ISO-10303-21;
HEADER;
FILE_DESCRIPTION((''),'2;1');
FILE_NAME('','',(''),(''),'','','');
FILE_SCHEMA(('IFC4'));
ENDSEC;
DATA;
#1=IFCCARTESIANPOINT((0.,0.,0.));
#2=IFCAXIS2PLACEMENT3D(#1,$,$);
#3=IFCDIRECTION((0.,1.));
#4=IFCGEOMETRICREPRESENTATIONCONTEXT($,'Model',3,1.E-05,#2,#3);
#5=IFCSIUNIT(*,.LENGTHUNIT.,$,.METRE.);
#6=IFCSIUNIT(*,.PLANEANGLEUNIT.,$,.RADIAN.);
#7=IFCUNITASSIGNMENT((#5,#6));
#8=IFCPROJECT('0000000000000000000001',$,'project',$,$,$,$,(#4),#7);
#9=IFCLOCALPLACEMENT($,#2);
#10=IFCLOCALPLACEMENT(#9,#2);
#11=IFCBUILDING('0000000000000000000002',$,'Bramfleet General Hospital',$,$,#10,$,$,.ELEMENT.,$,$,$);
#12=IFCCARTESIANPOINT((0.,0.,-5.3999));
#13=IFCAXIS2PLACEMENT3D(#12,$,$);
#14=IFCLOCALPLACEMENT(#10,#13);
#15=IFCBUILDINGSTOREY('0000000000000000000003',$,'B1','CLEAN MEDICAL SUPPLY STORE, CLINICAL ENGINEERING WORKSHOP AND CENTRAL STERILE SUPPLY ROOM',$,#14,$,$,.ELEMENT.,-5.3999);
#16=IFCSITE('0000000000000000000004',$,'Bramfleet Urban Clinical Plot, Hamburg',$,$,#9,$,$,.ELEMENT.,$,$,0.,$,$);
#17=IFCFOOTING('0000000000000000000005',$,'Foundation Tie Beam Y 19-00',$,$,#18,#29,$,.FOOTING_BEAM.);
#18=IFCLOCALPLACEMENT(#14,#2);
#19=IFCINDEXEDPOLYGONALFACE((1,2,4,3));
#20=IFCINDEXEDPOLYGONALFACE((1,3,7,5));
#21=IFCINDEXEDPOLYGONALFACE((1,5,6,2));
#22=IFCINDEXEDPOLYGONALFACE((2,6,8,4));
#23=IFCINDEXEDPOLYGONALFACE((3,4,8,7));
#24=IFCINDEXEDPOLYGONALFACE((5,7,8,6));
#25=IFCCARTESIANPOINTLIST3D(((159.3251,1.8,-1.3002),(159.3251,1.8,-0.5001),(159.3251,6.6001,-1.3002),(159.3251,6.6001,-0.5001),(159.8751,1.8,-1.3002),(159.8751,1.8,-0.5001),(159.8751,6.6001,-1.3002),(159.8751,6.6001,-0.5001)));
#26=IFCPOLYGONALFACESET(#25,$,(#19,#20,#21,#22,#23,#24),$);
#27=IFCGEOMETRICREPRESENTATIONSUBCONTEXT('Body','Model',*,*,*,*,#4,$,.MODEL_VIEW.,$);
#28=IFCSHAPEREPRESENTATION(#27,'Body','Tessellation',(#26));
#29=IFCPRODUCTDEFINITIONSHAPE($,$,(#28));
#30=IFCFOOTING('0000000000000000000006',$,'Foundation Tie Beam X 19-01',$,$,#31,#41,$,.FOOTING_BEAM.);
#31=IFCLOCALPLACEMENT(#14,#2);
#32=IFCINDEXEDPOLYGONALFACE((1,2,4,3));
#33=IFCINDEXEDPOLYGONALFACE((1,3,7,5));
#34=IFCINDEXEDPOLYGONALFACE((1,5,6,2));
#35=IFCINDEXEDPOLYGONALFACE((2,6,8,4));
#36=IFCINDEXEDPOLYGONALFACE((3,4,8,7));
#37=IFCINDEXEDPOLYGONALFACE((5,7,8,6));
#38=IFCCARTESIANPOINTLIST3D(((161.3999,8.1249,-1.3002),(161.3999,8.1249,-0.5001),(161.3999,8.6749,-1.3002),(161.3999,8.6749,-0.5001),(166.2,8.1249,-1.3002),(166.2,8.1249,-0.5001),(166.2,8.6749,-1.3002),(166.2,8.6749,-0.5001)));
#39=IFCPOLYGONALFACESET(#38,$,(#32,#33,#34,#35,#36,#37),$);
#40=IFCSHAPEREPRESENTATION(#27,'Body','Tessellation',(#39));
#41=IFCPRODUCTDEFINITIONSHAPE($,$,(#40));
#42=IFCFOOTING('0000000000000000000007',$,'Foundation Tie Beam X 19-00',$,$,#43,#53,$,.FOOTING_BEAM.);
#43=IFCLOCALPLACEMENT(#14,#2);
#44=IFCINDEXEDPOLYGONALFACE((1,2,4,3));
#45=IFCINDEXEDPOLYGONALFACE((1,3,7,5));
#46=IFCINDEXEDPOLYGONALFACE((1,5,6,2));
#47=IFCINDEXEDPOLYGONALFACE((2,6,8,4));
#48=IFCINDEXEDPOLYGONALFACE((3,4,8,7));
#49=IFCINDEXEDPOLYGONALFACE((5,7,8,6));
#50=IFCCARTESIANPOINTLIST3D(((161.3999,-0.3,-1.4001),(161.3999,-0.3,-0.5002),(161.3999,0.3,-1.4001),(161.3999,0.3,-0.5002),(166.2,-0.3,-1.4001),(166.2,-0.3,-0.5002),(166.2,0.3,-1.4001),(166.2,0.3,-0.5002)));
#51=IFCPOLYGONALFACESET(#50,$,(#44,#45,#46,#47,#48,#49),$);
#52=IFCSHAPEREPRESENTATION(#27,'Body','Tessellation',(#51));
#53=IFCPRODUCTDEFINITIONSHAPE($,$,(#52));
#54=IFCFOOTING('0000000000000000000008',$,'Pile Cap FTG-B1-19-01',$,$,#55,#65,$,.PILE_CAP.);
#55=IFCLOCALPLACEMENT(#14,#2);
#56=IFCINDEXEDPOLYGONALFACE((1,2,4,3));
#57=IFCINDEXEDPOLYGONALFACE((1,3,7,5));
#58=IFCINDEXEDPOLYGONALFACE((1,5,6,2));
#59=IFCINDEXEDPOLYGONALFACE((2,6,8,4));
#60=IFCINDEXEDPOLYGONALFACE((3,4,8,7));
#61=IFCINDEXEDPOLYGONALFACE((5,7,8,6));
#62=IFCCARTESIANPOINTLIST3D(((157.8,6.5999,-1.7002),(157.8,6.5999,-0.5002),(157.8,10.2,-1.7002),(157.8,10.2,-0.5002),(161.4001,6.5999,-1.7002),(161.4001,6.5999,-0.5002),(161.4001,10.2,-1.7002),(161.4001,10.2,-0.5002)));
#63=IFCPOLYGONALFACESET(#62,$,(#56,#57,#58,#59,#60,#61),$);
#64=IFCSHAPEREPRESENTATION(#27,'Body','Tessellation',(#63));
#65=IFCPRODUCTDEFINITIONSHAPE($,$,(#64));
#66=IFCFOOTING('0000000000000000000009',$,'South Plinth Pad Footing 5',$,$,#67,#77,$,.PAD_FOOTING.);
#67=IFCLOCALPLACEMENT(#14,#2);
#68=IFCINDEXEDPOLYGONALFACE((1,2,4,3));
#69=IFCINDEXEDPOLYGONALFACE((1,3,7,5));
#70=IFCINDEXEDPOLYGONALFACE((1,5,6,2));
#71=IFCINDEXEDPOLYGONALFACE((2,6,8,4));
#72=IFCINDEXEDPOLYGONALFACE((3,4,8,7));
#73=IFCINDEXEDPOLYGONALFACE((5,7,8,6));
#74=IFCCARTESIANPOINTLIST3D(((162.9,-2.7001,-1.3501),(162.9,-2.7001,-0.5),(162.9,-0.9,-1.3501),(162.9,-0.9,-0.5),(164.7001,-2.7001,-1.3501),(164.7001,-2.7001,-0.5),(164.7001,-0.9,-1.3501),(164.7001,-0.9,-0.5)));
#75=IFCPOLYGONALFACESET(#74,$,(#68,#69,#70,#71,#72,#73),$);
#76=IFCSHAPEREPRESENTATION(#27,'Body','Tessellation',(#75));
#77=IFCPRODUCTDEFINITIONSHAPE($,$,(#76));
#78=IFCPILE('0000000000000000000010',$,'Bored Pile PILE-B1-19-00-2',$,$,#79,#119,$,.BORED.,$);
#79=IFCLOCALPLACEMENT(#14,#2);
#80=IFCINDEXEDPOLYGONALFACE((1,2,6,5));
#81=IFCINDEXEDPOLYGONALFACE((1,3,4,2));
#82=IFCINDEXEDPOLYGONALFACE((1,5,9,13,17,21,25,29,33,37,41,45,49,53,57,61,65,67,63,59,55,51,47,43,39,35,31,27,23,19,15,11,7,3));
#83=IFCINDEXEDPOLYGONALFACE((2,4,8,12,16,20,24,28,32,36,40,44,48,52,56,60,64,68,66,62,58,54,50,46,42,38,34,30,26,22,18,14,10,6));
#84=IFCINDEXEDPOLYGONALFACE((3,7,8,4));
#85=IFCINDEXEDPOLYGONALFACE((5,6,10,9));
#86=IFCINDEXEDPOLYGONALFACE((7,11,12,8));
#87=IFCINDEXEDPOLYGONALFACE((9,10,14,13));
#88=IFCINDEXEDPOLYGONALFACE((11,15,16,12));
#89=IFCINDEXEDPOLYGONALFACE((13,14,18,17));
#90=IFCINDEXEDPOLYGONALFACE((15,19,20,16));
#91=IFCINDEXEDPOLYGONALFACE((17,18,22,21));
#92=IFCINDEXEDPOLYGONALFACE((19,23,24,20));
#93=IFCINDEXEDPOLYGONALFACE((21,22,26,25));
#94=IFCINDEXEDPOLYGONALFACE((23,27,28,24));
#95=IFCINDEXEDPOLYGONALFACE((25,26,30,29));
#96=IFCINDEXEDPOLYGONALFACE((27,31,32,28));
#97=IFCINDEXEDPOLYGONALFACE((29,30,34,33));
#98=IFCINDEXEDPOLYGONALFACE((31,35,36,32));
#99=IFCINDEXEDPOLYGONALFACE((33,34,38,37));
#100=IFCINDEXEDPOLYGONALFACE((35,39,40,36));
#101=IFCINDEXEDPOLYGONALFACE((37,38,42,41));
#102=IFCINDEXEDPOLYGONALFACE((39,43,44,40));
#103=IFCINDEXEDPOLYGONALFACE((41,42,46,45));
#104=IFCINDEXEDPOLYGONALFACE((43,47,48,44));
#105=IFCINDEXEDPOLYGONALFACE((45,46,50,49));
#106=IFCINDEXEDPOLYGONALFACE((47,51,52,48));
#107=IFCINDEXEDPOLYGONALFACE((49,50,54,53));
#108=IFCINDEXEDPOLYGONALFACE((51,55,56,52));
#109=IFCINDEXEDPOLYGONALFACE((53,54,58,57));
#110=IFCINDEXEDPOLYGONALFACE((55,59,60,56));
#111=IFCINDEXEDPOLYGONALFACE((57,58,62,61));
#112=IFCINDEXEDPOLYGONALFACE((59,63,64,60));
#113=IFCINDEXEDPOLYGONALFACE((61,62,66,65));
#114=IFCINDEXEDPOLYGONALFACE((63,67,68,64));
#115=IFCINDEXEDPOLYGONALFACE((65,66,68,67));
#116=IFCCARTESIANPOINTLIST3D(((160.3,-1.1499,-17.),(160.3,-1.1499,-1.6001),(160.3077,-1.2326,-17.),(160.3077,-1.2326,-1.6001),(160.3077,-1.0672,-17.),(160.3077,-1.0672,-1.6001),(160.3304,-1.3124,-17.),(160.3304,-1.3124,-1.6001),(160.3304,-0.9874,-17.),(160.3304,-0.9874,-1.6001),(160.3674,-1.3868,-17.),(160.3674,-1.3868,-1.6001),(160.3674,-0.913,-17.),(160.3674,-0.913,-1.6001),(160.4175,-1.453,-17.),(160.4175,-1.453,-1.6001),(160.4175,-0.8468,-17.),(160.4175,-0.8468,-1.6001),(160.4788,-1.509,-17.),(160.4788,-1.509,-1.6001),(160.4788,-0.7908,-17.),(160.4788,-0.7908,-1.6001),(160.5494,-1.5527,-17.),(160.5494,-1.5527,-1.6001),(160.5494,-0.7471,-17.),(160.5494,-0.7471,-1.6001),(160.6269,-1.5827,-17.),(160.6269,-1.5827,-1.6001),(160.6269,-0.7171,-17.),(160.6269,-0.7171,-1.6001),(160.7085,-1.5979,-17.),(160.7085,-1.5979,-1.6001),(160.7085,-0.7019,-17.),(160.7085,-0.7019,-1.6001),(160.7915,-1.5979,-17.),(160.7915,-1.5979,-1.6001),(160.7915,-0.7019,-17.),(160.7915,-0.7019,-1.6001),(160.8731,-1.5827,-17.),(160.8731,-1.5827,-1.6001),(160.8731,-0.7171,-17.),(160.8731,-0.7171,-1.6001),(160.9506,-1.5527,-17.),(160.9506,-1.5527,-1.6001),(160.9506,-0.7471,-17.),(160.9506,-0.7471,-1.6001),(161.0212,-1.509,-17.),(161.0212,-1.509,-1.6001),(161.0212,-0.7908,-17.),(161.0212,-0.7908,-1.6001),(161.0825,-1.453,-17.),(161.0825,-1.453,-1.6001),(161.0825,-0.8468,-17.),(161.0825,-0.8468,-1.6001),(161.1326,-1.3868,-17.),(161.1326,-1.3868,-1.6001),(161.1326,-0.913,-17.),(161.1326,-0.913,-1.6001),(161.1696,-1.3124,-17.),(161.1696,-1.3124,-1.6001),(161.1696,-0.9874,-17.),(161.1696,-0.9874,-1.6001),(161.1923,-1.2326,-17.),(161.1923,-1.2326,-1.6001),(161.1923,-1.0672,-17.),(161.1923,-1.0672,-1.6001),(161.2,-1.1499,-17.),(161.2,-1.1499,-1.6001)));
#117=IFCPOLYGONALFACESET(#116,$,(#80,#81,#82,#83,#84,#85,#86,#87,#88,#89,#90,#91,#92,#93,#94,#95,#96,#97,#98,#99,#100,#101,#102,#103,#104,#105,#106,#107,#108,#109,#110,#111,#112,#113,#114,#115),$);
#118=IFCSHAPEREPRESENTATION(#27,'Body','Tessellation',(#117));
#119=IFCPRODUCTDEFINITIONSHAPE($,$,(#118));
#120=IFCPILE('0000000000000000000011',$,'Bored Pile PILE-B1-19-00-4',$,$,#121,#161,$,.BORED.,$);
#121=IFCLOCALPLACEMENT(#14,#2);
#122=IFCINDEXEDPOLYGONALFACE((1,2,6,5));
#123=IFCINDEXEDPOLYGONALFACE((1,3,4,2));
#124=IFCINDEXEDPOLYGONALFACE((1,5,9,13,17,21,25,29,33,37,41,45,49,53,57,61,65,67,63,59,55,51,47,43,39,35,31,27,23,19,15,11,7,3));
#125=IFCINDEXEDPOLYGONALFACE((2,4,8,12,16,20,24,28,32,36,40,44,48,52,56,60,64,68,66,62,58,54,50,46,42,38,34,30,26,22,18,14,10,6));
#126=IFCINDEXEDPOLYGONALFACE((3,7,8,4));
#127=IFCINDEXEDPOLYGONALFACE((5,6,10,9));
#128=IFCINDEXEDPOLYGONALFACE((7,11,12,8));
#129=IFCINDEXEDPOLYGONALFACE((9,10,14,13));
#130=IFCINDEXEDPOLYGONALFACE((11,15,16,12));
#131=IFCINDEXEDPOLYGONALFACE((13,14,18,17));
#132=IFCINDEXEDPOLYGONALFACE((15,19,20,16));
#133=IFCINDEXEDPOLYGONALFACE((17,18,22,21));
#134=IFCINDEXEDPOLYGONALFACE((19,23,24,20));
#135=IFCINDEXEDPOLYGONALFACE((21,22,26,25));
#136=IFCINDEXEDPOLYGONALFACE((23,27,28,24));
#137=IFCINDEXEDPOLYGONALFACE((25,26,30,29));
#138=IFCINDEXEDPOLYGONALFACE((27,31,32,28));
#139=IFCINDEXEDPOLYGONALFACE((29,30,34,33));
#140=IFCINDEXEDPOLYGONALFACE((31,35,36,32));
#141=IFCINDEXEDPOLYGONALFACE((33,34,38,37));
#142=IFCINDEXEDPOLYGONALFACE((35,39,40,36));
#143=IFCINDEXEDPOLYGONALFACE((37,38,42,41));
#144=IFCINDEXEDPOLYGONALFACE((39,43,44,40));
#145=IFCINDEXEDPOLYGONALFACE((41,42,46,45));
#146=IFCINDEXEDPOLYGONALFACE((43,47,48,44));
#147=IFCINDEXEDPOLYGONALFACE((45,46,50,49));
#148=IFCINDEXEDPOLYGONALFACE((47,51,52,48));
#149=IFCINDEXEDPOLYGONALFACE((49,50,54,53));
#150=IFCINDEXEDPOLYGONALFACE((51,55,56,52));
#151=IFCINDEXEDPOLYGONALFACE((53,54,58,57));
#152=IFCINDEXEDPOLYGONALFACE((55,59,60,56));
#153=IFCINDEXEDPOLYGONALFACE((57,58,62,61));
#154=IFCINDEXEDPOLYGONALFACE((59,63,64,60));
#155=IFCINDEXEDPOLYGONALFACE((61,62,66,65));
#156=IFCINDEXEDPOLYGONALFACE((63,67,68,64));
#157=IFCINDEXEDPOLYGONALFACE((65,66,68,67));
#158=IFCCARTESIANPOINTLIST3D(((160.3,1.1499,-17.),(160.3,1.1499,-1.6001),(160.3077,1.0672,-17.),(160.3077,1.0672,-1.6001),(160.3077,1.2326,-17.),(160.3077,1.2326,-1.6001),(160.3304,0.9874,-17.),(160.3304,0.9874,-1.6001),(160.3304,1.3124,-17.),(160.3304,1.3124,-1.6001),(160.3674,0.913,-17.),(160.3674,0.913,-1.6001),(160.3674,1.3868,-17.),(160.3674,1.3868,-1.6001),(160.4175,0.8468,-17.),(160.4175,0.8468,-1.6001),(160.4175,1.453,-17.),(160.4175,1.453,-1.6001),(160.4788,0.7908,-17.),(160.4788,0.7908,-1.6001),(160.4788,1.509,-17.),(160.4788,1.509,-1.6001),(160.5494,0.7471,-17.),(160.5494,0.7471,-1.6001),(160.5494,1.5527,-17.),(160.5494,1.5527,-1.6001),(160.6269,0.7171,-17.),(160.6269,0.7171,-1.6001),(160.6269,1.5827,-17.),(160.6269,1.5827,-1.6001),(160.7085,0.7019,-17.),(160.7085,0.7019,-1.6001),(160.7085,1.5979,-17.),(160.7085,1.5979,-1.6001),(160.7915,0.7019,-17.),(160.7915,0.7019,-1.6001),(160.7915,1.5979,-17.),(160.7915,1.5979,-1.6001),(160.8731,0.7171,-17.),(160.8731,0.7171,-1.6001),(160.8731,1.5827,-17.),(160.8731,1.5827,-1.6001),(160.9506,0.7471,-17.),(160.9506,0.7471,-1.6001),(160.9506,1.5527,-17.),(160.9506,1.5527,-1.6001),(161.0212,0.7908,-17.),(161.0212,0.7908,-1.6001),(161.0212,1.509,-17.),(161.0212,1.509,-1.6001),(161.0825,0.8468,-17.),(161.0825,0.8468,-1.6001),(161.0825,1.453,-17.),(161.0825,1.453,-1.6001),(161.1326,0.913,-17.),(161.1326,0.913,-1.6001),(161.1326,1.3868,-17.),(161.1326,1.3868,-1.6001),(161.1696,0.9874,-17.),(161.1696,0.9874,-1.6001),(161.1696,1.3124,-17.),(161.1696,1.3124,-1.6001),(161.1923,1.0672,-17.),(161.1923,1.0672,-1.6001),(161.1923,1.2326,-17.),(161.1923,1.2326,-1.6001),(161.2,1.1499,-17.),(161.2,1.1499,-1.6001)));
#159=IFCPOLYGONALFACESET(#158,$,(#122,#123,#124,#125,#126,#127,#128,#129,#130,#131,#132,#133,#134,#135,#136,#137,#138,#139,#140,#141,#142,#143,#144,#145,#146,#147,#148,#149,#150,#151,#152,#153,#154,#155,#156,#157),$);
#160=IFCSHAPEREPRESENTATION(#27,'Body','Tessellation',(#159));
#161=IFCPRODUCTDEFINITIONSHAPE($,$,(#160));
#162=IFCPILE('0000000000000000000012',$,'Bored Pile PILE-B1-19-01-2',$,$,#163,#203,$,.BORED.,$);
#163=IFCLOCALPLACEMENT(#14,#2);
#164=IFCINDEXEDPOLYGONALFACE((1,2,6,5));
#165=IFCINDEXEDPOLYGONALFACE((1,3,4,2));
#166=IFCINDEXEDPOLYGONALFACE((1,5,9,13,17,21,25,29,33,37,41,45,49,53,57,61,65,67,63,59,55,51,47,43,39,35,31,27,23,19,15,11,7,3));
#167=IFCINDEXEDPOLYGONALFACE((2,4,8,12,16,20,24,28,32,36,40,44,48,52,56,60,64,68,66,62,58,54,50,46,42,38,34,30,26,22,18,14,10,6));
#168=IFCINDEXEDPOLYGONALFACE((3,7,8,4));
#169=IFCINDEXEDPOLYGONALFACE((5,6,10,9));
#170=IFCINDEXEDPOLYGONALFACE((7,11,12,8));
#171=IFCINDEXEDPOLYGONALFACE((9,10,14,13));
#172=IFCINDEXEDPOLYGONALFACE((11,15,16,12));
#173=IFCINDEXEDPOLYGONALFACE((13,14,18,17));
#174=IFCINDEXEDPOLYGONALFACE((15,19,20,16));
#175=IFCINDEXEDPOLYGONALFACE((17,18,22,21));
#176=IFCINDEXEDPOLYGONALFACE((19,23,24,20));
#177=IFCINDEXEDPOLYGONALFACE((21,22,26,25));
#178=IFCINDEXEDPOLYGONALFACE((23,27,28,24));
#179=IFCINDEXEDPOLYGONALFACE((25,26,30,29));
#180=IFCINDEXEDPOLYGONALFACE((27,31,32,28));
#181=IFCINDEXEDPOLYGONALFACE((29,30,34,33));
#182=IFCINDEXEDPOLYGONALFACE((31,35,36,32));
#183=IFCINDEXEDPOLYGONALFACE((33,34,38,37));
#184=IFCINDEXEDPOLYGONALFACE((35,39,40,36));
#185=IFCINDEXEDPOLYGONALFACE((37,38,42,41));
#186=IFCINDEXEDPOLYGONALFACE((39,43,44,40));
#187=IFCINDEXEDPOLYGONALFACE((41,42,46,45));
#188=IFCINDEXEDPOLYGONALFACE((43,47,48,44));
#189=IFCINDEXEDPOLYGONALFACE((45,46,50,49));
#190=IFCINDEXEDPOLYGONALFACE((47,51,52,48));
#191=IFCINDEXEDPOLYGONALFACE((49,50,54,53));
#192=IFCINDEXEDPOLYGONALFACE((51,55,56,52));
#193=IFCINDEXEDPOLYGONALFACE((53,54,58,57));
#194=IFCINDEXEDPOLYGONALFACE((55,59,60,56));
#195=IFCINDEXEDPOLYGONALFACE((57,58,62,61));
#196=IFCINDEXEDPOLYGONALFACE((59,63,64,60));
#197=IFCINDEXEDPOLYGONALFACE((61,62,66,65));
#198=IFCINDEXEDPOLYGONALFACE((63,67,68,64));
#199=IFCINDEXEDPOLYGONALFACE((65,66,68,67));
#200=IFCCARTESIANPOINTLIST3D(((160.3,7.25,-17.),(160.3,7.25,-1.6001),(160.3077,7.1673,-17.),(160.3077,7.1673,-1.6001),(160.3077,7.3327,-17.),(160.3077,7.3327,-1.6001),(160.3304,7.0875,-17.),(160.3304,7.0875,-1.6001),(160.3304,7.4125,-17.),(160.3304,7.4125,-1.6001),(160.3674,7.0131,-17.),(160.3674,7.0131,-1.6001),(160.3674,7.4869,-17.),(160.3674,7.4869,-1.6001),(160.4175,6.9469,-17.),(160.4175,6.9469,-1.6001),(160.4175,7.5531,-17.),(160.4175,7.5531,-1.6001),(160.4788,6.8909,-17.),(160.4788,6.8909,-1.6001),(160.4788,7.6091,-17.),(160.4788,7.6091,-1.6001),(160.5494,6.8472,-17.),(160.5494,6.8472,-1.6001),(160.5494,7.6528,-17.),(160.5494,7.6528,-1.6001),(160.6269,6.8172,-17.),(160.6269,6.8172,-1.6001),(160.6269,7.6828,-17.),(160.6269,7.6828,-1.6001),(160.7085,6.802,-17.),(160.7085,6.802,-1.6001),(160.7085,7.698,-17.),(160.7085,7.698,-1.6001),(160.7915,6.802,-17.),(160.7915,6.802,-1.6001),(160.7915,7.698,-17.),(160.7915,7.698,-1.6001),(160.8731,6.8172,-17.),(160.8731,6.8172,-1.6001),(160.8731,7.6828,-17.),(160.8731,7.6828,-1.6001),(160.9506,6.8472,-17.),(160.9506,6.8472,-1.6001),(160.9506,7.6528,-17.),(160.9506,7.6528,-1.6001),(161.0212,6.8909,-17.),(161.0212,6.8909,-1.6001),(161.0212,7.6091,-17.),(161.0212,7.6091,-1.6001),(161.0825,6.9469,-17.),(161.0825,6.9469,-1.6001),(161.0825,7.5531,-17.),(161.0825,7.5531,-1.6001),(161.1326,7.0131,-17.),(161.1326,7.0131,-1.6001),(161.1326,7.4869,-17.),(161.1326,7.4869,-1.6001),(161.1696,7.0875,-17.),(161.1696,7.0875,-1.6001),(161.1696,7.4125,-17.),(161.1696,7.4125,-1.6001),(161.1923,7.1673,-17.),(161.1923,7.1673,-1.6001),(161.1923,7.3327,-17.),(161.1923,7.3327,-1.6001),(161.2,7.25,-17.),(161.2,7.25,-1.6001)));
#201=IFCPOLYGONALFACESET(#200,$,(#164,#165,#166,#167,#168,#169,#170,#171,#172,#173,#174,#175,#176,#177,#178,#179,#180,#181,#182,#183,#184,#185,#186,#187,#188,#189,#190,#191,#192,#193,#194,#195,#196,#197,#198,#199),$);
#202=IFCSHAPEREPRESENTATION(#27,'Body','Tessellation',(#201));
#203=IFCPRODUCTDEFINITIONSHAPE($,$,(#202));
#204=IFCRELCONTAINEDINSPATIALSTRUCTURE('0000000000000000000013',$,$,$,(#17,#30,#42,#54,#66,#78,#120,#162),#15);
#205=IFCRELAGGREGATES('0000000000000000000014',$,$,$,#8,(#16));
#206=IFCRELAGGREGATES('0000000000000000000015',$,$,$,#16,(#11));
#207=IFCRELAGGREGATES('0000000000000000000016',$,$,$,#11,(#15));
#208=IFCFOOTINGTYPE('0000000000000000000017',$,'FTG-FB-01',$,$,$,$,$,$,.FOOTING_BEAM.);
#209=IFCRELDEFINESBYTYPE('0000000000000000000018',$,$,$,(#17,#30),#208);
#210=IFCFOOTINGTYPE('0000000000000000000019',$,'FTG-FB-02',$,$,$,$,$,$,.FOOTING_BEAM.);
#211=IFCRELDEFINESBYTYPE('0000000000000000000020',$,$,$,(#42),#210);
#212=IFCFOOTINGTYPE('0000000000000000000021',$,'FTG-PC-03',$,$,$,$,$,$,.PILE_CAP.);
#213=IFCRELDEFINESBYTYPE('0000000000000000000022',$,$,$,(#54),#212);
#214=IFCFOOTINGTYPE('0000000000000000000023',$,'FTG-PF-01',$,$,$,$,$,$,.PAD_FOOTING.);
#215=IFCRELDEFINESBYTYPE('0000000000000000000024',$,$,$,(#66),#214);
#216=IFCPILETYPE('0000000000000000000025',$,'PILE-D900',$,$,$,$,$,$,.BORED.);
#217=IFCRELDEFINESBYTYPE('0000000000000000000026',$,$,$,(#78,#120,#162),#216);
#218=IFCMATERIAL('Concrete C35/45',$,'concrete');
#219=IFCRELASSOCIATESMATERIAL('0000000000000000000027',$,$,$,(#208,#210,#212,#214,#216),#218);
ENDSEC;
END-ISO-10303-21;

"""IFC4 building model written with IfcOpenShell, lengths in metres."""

from ifc_helpers import new_model, si_unit, direction, frame, origin, origin_2d, place, context, subcontext, project, spatial, rectangle, circle, extrude, material, material_profile, profile_set, type_object, element, save


model = new_model("IFC4")

# Units and contexts
model_context = context("Model", 3, precision=1e-05, world=origin(), true_north=direction((0.0, 1.0)))
body_context = subcontext(model_context, "Body", "Model", "MODEL_VIEW")
ifc_project = project(units=[si_unit("LENGTHUNIT", "METRE"), si_unit("PLANEANGLEUNIT", "RADIAN")], contexts=[model_context])

# Site, building, storey
site_placement = place(None, origin())
site = spatial("IfcSite", under=ifc_project, at=site_placement, Name="Bramfleet Urban Clinical Plot, Hamburg", CompositionType="ELEMENT", RefElevation=0.0)
building_placement = place(site_placement, origin())
building = spatial("IfcBuilding", under=site, at=building_placement, Name="Bramfleet General Hospital", CompositionType="ELEMENT")
storey_placement = place(building_placement, frame((0.0, 0.0, -5.3999)))
storey = spatial("IfcBuildingStorey", under=building, at=storey_placement, Name="B1", Description="CLEAN MEDICAL SUPPLY STORE, CLINICAL ENGINEERING WORKSHOP AND CENTRAL STERILE SUPPLY ROOM", CompositionType="ELEMENT", Elevation=-5.3999)

# Footings
ifc_material_1 = material(Name="Concrete C35/45", Category="concrete")
ifc_material_profile_1 = material_profile(ifc_material_1, rectangle(XDim=0.55, YDim=0.8, at=origin_2d()), Name="RC FB 800x550")
ifc_profile_set_1 = profile_set([ifc_material_profile_1], Name="Concrete C35/45")
footing_type_1 = type_object("IfcFootingType", Name="FTG-FB-01", PredefinedType="FOOTING_BEAM", material=ifc_profile_set_1)
for number, where, z_axis, x_axis, name in (
    (1, (159.6001, 1.8, -0.9001), (0.0, 1.0, 0.0), (-1.0, 0.0, 0.0), "Foundation Tie Beam Y 19-00"),
    (2, (161.3999, 8.3999, -0.9001), (1.0, 0.0, 0.0), (0.0, 1.0, 0.0), "Foundation Tie Beam X 19-01"),
):
    element("IfcFooting", number, at=place(storey_placement, frame(where, z_axis=z_axis, x_axis=x_axis)), inside=storey, type_object=footing_type_1, Name=name, PredefinedType="FOOTING_BEAM", context=body_context, shape_type="SweptSolid", body=[
        extrude(rectangle(XDim=0.55, YDim=0.8, at=origin_2d()), origin(), (0.0, 0.0, 1.0), 4.8),
    ])
ifc_material_profile_2 = material_profile(ifc_material_1, rectangle(XDim=0.6001, YDim=0.8999, at=origin_2d()), Name="RC FB 900x600")
ifc_profile_set_2 = profile_set([ifc_material_profile_2], Name="Concrete C35/45")
footing_type_2 = type_object("IfcFootingType", Name="FTG-FB-02", PredefinedType="FOOTING_BEAM", material=ifc_profile_set_2)
footing_1_placement = place(storey_placement, frame((161.3999, 0.0, -0.9502), z_axis=(1.0, 0.0, 0.0), x_axis=(0.0, 1.0, 0.0)))
element("IfcFooting", 3, at=footing_1_placement, inside=storey, type_object=footing_type_2, Name="Foundation Tie Beam X 19-00", PredefinedType="FOOTING_BEAM", context=body_context, shape_type="SweptSolid", body=[
    extrude(rectangle(XDim=0.6001, YDim=0.8999, at=origin_2d()), origin(), (0.0, 0.0, 1.0), 4.8),
])
footing_type_3 = type_object("IfcFootingType", Name="FTG-PC-03", PredefinedType="PILE_CAP", material=ifc_material_1)
footing_2_placement = place(storey_placement, frame((159.6001, 8.3999, -1.7002), z_axis=(0.0, 0.0, 1.0), x_axis=(1.0, 0.0, 0.0)))
element("IfcFooting", 4, at=footing_2_placement, inside=storey, type_object=footing_type_3, Name="Pile Cap FTG-B1-19-01", PredefinedType="PILE_CAP", context=body_context, shape_type="SweptSolid", body=[
    extrude(rectangle(XDim=3.6001, YDim=3.6001, at=origin_2d()), origin(), (0.0, 0.0, 1.0), 1.2),
])
footing_type_4 = type_object("IfcFootingType", Name="FTG-PF-01", PredefinedType="PAD_FOOTING", material=ifc_material_1)
footing_3_placement = place(storey_placement, frame((163.8, -1.8, -1.3501), z_axis=(0.0, 0.0, 1.0), x_axis=(1.0, 0.0, 0.0)))
element("IfcFooting", 5, at=footing_3_placement, inside=storey, type_object=footing_type_4, Name="South Plinth Pad Footing 5", PredefinedType="PAD_FOOTING", context=body_context, shape_type="SweptSolid", body=[
    extrude(rectangle(XDim=1.8, YDim=1.8, at=origin_2d()), origin(), (0.0, 0.0, 1.0), 0.8501),
])

# Piles
ifc_material_profile_3 = material_profile(ifc_material_1, circle(Radius=0.45, at=origin_2d()), Name="PILE BORED D900")
ifc_profile_set_3 = profile_set([ifc_material_profile_3], Name="Concrete C35/45")
pile_type = type_object("IfcPileType", Name="PILE-D900", PredefinedType="BORED", material=ifc_profile_set_3)
for number, where, z_axis, x_axis, name in (
    (6, (160.75, -1.1499, -1.6001), (0.0, 0.0, -1.0), (1.0, 0.0, 0.0), "Bored Pile PILE-B1-19-00-2"),
    (7, (160.75, 1.1499, -1.6001), (0.0, 0.0, -1.0), (1.0, 0.0, 0.0), "Bored Pile PILE-B1-19-00-4"),
    (8, (160.75, 7.25, -1.6001), (0.0, 0.0, -1.0), (1.0, 0.0, 0.0), "Bored Pile PILE-B1-19-01-2"),
):
    element("IfcPile", number, at=place(storey_placement, frame(where, z_axis=z_axis, x_axis=x_axis)), inside=storey, type_object=pile_type, Name=name, PredefinedType="BORED", context=body_context, shape_type="SweptSolid", body=[
        extrude(circle(Radius=0.45, at=origin_2d()), origin(), (0.0, 0.0, 1.0), 15.3999),
    ])

save(model, "model.ifc")
